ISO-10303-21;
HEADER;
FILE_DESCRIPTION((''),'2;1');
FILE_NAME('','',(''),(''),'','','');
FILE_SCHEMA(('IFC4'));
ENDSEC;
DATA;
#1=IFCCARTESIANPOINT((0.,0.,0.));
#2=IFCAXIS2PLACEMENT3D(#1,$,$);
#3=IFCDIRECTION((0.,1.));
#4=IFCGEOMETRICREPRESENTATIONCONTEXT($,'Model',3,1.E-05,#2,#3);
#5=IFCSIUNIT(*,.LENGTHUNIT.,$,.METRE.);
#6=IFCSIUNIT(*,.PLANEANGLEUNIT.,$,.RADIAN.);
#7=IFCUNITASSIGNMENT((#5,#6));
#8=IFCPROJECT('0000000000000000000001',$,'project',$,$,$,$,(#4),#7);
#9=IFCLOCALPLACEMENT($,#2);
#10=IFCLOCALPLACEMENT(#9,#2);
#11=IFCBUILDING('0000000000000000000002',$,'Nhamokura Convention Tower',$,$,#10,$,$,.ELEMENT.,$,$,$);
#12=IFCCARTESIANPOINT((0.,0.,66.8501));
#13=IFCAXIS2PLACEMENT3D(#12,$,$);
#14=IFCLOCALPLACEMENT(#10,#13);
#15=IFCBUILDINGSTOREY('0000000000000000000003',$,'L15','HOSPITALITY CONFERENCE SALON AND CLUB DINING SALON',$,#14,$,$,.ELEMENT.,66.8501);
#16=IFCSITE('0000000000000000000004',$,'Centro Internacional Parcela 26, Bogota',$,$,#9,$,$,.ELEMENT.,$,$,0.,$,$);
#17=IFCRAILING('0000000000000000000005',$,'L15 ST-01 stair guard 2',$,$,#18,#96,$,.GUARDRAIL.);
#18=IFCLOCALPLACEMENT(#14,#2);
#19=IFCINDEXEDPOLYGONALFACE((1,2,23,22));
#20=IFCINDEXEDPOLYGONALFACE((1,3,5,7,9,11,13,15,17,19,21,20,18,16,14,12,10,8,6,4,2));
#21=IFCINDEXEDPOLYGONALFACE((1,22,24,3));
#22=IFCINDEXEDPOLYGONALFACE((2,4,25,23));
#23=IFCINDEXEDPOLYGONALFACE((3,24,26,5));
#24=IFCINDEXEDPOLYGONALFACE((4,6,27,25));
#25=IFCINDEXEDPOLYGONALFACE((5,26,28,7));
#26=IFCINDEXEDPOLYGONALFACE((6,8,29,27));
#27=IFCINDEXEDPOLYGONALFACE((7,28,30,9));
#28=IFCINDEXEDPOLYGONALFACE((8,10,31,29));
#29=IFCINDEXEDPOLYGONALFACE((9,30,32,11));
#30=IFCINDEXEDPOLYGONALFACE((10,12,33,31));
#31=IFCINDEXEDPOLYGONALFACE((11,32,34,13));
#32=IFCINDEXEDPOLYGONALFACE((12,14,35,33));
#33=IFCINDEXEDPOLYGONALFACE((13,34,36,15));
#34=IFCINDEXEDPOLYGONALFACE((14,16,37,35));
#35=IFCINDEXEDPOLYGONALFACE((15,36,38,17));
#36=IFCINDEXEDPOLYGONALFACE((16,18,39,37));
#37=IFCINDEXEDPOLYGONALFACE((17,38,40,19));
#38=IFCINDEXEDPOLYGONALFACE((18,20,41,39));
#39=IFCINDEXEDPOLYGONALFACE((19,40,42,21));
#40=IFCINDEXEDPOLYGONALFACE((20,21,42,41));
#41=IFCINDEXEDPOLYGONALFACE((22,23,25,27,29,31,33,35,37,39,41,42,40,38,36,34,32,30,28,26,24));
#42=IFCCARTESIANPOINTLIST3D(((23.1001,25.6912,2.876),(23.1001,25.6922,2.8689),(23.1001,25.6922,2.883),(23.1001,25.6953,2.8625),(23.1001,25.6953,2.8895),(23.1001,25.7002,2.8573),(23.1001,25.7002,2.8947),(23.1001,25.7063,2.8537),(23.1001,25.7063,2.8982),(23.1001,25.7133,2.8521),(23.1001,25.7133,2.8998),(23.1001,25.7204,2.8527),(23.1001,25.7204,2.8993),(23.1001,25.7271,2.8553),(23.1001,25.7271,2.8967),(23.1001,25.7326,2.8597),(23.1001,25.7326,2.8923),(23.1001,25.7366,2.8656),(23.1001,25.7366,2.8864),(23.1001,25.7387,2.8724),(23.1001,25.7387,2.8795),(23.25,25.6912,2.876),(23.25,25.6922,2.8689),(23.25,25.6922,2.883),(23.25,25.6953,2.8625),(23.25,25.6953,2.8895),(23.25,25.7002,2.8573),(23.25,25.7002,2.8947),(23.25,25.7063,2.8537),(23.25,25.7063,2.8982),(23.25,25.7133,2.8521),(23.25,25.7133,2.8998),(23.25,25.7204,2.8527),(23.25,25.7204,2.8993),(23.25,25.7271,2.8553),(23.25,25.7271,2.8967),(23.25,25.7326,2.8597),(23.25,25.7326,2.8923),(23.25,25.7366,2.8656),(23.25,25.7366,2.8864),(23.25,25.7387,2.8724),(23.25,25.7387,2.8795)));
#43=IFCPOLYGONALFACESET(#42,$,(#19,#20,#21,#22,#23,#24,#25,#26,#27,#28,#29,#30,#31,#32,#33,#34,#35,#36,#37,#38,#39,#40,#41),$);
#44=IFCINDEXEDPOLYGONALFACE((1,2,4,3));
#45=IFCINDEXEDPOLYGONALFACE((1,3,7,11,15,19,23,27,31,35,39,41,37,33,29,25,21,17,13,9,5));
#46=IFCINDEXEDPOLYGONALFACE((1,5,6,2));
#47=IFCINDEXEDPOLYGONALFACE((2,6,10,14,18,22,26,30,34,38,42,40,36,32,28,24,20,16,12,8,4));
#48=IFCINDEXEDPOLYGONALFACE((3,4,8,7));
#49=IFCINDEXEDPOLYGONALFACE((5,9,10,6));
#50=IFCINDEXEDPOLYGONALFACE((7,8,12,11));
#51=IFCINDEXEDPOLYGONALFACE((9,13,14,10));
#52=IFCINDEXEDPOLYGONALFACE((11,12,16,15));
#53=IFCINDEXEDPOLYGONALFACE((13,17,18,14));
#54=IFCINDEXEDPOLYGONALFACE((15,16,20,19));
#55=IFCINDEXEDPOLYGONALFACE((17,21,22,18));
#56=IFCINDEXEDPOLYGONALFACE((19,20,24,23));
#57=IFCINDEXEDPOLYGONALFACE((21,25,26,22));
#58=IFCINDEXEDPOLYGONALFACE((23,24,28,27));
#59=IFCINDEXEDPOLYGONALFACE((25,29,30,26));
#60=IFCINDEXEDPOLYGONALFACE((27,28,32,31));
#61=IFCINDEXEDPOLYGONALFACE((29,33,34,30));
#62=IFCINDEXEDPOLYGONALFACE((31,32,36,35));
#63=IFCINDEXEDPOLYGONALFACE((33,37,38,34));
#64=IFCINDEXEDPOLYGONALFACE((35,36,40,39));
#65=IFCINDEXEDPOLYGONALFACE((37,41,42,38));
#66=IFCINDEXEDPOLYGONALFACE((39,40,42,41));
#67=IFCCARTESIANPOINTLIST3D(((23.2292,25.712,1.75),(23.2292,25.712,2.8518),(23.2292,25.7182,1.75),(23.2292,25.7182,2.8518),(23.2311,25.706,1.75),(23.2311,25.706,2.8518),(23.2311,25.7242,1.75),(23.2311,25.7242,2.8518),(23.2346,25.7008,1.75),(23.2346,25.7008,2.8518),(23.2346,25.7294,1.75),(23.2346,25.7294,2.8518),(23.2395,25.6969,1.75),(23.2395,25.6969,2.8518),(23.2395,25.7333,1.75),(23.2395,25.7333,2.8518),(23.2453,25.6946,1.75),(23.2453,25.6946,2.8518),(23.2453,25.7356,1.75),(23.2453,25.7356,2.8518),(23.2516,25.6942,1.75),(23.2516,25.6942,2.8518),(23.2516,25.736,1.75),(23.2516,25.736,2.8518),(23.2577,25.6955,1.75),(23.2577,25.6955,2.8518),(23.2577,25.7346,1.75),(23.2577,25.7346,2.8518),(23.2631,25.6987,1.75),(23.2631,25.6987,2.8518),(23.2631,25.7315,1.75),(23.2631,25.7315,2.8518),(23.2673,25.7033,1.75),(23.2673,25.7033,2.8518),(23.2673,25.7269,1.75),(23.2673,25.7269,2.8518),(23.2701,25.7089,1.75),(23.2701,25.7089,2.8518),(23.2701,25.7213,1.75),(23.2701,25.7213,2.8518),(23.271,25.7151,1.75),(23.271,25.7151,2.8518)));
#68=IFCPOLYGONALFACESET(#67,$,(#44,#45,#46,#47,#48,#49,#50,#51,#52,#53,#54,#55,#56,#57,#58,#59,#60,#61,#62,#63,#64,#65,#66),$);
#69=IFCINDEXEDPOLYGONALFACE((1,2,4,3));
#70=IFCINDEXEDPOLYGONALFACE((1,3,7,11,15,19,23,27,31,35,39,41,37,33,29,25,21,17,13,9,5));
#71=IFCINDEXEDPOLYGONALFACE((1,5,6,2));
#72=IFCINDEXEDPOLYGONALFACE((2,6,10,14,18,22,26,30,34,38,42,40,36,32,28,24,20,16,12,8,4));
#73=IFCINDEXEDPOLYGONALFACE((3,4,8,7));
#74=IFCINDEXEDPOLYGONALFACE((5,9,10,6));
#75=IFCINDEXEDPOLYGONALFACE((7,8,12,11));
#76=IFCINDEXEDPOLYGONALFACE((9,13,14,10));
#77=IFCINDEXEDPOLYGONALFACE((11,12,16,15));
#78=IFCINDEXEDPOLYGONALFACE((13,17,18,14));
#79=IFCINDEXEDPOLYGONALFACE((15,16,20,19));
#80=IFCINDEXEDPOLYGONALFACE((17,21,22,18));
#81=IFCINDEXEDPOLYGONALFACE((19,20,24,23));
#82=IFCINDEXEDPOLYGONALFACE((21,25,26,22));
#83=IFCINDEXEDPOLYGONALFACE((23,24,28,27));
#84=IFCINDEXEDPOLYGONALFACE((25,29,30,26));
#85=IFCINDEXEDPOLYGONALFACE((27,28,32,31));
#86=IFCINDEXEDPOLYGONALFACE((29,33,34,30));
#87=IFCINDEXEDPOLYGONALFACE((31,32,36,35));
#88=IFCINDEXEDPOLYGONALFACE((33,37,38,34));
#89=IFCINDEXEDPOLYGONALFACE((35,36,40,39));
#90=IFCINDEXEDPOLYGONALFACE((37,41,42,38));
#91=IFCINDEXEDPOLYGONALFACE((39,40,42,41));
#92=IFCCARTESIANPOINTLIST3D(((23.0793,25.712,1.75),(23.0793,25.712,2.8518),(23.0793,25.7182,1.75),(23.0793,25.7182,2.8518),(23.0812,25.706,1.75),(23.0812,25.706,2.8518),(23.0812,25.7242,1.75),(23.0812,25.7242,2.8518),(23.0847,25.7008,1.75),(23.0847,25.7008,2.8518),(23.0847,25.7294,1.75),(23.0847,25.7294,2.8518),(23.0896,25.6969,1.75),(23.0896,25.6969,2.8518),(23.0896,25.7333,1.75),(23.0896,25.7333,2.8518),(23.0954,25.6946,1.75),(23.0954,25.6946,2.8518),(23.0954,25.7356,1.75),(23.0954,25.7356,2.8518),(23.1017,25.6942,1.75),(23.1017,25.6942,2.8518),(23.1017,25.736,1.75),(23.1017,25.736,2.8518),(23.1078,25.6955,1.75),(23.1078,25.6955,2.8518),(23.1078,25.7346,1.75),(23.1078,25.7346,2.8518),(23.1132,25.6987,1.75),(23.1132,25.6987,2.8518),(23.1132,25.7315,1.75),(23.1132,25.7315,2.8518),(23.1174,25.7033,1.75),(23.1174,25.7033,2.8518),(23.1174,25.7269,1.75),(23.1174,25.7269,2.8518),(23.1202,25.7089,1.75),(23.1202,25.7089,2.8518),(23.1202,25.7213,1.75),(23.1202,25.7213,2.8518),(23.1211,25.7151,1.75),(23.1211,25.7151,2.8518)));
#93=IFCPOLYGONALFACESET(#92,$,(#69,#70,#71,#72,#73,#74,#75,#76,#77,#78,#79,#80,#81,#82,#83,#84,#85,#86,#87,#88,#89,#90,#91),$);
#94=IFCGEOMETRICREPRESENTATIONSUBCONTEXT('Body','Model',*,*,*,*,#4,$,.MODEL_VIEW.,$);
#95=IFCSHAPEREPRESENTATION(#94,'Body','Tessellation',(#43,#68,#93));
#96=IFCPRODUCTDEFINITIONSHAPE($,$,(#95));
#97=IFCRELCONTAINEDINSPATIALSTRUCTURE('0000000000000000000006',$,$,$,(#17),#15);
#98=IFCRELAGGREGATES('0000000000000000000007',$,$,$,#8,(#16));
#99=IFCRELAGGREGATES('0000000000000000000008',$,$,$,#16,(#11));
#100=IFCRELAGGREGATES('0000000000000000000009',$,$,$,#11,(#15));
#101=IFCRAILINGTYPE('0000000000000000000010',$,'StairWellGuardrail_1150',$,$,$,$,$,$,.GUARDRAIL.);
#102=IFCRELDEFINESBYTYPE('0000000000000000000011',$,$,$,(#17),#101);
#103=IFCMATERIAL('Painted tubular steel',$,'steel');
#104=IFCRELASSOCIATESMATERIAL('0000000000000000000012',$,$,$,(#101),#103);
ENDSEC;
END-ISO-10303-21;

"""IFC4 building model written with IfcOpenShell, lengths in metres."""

from ifc_helpers import new_model, si_unit, direction, frame, origin, origin_2d, place, context, subcontext, project, spatial, circle, extrude, material, type_object, element, save


model = new_model("IFC4")

# Units and contexts
model_context = context("Model", 3, precision=1e-05, world=origin(), true_north=direction((0.0, 1.0)))
body_context = subcontext(model_context, "Body", "Model", "MODEL_VIEW")
ifc_project = project(units=[si_unit("LENGTHUNIT", "METRE"), si_unit("PLANEANGLEUNIT", "RADIAN")], contexts=[model_context])

# Site, building, storey
site_placement = place(None, origin())
site = spatial("IfcSite", under=ifc_project, at=site_placement, Name="Centro Internacional Parcela 26, Bogota", CompositionType="ELEMENT", RefElevation=0.0)
building_placement = place(site_placement, origin())
building = spatial("IfcBuilding", under=site, at=building_placement, Name="Nhamokura Convention Tower", CompositionType="ELEMENT")
storey_placement = place(building_placement, frame((0.0, 0.0, 66.8501)))
storey = spatial("IfcBuildingStorey", under=building, at=storey_placement, Name="L15", Description="HOSPITALITY CONFERENCE SALON AND CLUB DINING SALON", CompositionType="ELEMENT", Elevation=66.8501)

# Railing
ifc_material_1 = material(Name="Painted tubular steel", Category="steel")
railing_type_1 = type_object("IfcRailingType", Name="StairWellGuardrail_1150", PredefinedType="GUARDRAIL", material=ifc_material_1)
railing_1_placement = place(storey_placement, frame((23.25, 25.7151, 1.75)))
element("IfcRailing", 1, at=railing_1_placement, inside=storey, type_object=railing_type_1, Name="L15 ST-01 stair guard 2", PredefinedType="GUARDRAIL", context=body_context, shape_type="SweptSolid", body=[
    extrude(circle(Radius=0.0239, at=origin_2d()), frame((0.0, 0.0, 1.126), z_axis=(-1.0, 0.0, 0.0), x_axis=(0.0, -1.0, 0.0)), (0.0, 0.0, 1.0), 0.1499),
    extrude(circle(Radius=0.021, at=origin_2d()), origin(), (0.0, 0.0, 1.0), 1.1018),
    extrude(circle(Radius=0.021, at=origin_2d()), frame((-0.1499, 0.0, 0.0)), (0.0, 0.0, 1.0), 1.1018),
])

save(model, "model.ifc")
